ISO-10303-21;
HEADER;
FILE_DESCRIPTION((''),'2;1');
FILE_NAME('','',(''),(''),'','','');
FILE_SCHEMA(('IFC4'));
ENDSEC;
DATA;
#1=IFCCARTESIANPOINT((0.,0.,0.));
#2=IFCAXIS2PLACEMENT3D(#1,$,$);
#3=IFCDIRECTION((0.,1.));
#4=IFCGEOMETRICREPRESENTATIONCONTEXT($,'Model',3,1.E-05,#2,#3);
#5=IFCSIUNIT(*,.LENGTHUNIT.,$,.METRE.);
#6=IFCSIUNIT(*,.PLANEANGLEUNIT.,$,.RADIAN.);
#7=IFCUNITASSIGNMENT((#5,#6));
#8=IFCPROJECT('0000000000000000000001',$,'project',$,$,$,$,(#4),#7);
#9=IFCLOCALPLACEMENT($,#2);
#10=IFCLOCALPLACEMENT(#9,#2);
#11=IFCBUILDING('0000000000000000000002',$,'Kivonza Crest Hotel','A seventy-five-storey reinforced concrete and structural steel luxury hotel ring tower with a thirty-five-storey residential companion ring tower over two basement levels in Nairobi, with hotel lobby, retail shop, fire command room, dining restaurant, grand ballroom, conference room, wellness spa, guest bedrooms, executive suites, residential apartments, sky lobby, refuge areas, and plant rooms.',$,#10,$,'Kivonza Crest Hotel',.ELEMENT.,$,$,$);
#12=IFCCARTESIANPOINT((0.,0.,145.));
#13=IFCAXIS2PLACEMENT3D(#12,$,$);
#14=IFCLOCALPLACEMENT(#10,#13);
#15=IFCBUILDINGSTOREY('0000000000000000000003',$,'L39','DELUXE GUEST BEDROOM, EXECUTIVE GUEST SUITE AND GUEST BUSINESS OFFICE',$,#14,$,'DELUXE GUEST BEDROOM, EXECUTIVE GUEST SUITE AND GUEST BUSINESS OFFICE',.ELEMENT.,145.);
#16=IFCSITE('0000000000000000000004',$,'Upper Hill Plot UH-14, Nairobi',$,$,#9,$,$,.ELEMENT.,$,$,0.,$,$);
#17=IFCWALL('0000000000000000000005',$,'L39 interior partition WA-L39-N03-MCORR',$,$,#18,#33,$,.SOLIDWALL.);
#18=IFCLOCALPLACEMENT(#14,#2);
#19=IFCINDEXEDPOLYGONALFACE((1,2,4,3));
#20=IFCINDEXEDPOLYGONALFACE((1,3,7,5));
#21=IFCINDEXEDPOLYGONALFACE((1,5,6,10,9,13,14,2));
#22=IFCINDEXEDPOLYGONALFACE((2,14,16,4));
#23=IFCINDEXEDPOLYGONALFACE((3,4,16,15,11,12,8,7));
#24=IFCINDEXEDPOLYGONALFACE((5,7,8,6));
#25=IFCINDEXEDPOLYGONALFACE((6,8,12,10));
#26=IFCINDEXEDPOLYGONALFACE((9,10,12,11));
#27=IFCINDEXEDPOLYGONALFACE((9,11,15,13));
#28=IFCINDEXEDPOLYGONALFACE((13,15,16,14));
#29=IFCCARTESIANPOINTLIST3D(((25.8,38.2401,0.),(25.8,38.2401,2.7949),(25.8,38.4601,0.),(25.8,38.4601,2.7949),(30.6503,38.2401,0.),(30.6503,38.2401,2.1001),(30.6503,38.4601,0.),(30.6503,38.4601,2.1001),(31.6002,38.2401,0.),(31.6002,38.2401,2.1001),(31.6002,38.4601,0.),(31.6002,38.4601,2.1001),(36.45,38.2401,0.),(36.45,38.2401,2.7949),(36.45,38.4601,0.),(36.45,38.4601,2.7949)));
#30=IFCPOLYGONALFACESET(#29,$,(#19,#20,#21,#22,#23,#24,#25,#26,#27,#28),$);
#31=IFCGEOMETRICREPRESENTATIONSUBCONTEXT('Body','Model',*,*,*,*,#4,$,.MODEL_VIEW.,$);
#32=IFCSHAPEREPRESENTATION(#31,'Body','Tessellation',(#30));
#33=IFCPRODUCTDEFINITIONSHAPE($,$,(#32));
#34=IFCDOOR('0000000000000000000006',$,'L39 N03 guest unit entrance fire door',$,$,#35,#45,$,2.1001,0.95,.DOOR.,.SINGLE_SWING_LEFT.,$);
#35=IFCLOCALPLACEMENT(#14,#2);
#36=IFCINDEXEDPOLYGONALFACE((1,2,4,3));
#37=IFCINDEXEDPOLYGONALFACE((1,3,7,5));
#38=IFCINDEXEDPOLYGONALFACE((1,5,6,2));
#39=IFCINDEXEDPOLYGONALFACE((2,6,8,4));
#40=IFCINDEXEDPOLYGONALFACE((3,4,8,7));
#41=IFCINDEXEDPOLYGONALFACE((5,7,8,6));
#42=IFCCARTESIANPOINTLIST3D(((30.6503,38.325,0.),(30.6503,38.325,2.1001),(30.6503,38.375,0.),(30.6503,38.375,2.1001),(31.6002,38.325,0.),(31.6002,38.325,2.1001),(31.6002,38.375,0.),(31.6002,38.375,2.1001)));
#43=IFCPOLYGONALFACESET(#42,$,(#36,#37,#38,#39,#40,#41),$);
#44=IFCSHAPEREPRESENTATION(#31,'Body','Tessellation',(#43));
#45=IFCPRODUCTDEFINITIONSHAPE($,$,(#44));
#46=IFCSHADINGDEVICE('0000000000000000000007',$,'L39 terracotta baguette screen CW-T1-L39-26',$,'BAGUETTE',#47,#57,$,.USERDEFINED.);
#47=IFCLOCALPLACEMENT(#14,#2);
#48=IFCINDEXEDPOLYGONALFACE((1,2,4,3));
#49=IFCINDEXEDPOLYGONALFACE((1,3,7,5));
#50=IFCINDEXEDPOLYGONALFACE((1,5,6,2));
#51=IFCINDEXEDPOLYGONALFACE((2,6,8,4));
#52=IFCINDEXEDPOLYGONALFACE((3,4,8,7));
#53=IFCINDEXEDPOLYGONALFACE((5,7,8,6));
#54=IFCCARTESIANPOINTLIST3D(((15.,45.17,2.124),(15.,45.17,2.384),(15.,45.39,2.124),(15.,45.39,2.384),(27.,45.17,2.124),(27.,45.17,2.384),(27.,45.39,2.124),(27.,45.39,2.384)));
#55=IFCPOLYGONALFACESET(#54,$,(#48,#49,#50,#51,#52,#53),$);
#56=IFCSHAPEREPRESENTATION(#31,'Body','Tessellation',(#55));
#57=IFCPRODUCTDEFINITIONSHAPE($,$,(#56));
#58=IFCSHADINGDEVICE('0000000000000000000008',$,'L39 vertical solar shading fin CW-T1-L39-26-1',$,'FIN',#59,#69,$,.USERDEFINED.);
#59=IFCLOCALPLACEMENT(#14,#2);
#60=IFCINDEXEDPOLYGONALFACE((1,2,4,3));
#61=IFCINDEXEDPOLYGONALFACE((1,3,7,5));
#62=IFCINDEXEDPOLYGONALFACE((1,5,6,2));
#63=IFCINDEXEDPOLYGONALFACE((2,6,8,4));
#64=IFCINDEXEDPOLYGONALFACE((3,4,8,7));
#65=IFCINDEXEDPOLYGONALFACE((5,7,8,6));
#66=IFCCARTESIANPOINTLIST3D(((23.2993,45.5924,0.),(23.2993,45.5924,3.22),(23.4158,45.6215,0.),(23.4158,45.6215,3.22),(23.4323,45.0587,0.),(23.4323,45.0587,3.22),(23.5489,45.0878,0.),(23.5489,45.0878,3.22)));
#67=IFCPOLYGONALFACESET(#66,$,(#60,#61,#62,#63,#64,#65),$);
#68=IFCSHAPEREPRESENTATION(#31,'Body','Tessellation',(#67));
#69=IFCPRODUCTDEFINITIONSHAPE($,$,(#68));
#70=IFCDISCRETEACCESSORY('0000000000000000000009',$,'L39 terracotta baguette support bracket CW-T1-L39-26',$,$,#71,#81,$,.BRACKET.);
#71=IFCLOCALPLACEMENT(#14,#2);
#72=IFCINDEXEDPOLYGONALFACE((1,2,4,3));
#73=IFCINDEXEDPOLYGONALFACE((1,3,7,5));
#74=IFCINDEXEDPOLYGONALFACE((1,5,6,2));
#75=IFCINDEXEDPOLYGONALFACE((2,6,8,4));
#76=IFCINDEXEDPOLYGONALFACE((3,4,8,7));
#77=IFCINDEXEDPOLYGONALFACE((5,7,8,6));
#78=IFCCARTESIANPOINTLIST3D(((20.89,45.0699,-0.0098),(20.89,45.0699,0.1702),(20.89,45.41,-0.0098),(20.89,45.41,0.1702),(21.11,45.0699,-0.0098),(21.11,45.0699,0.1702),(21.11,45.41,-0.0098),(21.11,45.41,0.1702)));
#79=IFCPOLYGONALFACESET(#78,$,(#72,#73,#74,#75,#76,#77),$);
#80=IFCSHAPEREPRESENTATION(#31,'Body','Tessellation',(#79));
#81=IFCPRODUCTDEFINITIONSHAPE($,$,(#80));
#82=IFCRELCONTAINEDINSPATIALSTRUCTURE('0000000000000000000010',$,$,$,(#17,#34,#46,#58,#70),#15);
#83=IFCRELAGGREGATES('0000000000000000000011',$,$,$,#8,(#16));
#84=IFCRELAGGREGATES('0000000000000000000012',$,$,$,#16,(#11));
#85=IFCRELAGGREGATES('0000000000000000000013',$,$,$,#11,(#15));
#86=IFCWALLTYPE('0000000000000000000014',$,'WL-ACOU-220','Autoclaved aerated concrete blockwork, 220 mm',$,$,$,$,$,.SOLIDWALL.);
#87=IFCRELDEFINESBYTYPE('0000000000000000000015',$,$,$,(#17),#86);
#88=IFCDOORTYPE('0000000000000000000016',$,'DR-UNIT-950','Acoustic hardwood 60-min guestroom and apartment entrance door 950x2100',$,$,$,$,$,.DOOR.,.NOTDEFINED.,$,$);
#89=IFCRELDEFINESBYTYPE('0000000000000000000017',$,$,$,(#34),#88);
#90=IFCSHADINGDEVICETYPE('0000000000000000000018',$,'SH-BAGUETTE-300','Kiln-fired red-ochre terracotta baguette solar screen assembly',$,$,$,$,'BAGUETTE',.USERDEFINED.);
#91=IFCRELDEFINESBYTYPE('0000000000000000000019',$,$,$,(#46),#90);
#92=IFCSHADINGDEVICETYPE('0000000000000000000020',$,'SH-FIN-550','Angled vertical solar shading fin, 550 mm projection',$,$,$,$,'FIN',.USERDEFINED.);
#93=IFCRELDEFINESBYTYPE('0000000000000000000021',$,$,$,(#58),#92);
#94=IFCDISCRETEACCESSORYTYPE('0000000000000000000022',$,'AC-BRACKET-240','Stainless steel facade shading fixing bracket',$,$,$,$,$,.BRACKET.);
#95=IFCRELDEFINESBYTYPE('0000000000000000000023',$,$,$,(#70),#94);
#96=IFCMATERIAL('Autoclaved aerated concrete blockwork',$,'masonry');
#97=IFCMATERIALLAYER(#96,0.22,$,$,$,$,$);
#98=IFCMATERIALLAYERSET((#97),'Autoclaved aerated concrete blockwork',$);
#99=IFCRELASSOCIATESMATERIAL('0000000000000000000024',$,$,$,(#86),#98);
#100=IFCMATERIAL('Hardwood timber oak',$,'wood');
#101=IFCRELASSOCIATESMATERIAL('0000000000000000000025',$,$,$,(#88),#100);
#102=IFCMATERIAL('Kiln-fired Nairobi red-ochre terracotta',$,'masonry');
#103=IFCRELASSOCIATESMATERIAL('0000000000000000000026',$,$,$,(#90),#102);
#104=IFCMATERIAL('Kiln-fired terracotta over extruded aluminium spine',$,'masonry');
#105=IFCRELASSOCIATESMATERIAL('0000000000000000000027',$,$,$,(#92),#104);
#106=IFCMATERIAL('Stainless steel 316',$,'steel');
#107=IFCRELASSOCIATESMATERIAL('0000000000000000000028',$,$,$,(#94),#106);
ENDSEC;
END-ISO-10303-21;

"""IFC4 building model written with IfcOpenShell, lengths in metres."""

from ifc_helpers import new_model, si_unit, direction, frame, frame_2d, origin, origin_2d, place, context, subcontext, project, spatial, rectangle, extrude, material, layer, layer_set, type_object, element, fill, save


model = new_model("IFC4")

# Units and contexts
model_context = context("Model", 3, precision=1e-05, world=origin(), true_north=direction((0.0, 1.0)))
body_context = subcontext(model_context, "Body", "Model", "MODEL_VIEW")
ifc_project = project(units=[si_unit("LENGTHUNIT", "METRE"), si_unit("PLANEANGLEUNIT", "RADIAN")], contexts=[model_context])

# Site, building, storey
site_placement = place(None, origin())
site = spatial("IfcSite", under=ifc_project, at=site_placement, Name="Upper Hill Plot UH-14, Nairobi", CompositionType="ELEMENT", RefElevation=0.0)
building_placement = place(site_placement, origin())
building = spatial("IfcBuilding", under=site, at=building_placement, Name="Kivonza Crest Hotel", Description="A seventy-five-storey reinforced concrete and structural steel luxury hotel ring tower with a thirty-five-storey residential companion ring tower over two basement levels in Nairobi, with hotel lobby, retail shop, fire command room, dining restaurant, grand ballroom, conference room, wellness spa, guest bedrooms, executive suites, residential apartments, sky lobby, refuge areas, and plant rooms.", LongName="Kivonza Crest Hotel", CompositionType="ELEMENT")
storey_placement = place(building_placement, frame((0.0, 0.0, 145.0)))
storey = spatial("IfcBuildingStorey", under=building, at=storey_placement, Name="L39", Description="DELUXE GUEST BEDROOM, EXECUTIVE GUEST SUITE AND GUEST BUSINESS OFFICE", LongName="DELUXE GUEST BEDROOM, EXECUTIVE GUEST SUITE AND GUEST BUSINESS OFFICE", CompositionType="ELEMENT", Elevation=145.0)

# Wall, opening, door
ifc_material_1 = material(Name="Autoclaved aerated concrete blockwork", Category="masonry")
ifc_layer_1 = layer(ifc_material_1, 0.22)
ifc_layer_set_1 = layer_set([ifc_layer_1], Name="Autoclaved aerated concrete blockwork")
wall_type_1 = type_object("IfcWallType", Name="WL-ACOU-220", Description="Autoclaved aerated concrete blockwork, 220 mm", PredefinedType="SOLIDWALL", material=ifc_layer_set_1)
wall_1_placement = place(storey_placement, frame((25.8, 38.3501, 0.0), z_axis=(0.0, 0.0, 1.0), x_axis=(1.0, 0.0, 0.0)))
wall_1 = element("IfcWall", 1, at=wall_1_placement, inside=storey, type_object=wall_type_1, Name="L39 interior partition WA-L39-N03-MCORR", PredefinedType="SOLIDWALL", context=body_context, shape_type="SweptSolid", body=[
    extrude(rectangle(XDim=10.6499, YDim=0.22, at=frame_2d((5.325, 0.0))), origin(), (0.0, 0.0, 1.0), 2.7949),
])
opening_placement = place(wall_1_placement, frame((4.8501, 0.0, 0.0)))
opening = element("IfcOpeningElement", 2, at=opening_placement, cuts=wall_1, PredefinedType="OPENING", context=body_context, shape_type="SweptSolid", body=[
    extrude(rectangle(XDim=0.95, YDim=2.1001, at=frame_2d((0.4751, 1.05))), frame((0.0, 0.1201, 0.0), z_axis=(0.0, -1.0, 0.0), x_axis=(1.0, 0.0, 0.0)), (0.0, 0.0, 1.0), 0.24),
])
ifc_material_2 = material(Name="Hardwood timber oak", Category="wood")
door_type = type_object("IfcDoorType", Name="DR-UNIT-950", Description="Acoustic hardwood 60-min guestroom and apartment entrance door 950x2100", OperationType="NOTDEFINED", PredefinedType="DOOR", material=ifc_material_2)
door_placement = place(opening_placement, origin())
door = element("IfcDoor", 3, at=door_placement, inside=storey, type_object=door_type, Name="L39 N03 guest unit entrance fire door", OperationType="SINGLE_SWING_LEFT", OverallHeight=2.1001, OverallWidth=0.95, PredefinedType="DOOR", context=body_context, shape_type="SweptSolid", body=[
    extrude(rectangle(XDim=0.95, YDim=2.1001, at=frame_2d((0.4751, 1.05))), frame((0.0, 0.0249, 0.0), z_axis=(0.0, -1.0, 0.0), x_axis=(1.0, 0.0, 0.0)), (0.0, 0.0, 1.0), 0.05),
])
fill(opening, door)

# Shading devices
ifc_material_3 = material(Name="Kiln-fired Nairobi red-ochre terracotta", Category="masonry")
shading_device_type_1 = type_object("IfcShadingDeviceType", Name="SH-BAGUETTE-300", Description="Kiln-fired red-ochre terracotta baguette solar screen assembly", ElementType="BAGUETTE", PredefinedType="USERDEFINED", material=ifc_material_3)
shading_device_1_placement = place(storey_placement, frame((21.0, 45.28, 2.124), z_axis=(0.0, 0.0, 1.0), x_axis=(-1.0, 0.0, 0.0)))
element("IfcShadingDevice", 4, at=shading_device_1_placement, inside=storey, type_object=shading_device_type_1, Name="L39 terracotta baguette screen CW-T1-L39-26", ObjectType="BAGUETTE", PredefinedType="USERDEFINED", context=body_context, shape_type="SweptSolid", body=[
    extrude(rectangle(XDim=12.0, YDim=0.22, at=origin_2d()), origin(), (0.0, 0.0, 1.0), 0.26),
])
ifc_material_4 = material(Name="Kiln-fired terracotta over extruded aluminium spine", Category="masonry")
shading_device_type_2 = type_object("IfcShadingDeviceType", Name="SH-FIN-550", Description="Angled vertical solar shading fin, 550 mm projection", ElementType="FIN", PredefinedType="USERDEFINED", material=ifc_material_4)
shading_device_2_placement = place(storey_placement, frame((23.4241, 45.3401, 0.0), z_axis=(0.0, 0.0, 1.0), x_axis=(-0.970296, -0.241922, 0.0)))
element("IfcShadingDevice", 5, at=shading_device_2_placement, inside=storey, type_object=shading_device_type_2, Name="L39 vertical solar shading fin CW-T1-L39-26-1", ObjectType="FIN", PredefinedType="USERDEFINED", context=body_context, shape_type="SweptSolid", body=[
    extrude(rectangle(XDim=0.1201, YDim=0.55, at=origin_2d()), origin(), (0.0, 0.0, 1.0), 3.22),
])

# Discrete accessory
ifc_material_5 = material(Name="Stainless steel 316", Category="steel")
discrete_accessory_type = type_object("IfcDiscreteAccessoryType", Name="AC-BRACKET-240", Description="Stainless steel facade shading fixing bracket", PredefinedType="BRACKET", material=ifc_material_5)
discrete_accessory_placement = place(storey_placement, frame((21.0, 45.24, -0.0098), z_axis=(0.0, 0.0, 1.0), x_axis=(-1.0, 0.0, 0.0)))
element("IfcDiscreteAccessory", 6, at=discrete_accessory_placement, inside=storey, type_object=discrete_accessory_type, Name="L39 terracotta baguette support bracket CW-T1-L39-26", PredefinedType="BRACKET", context=body_context, shape_type="SweptSolid", body=[
    extrude(rectangle(XDim=0.22, YDim=0.3401, at=origin_2d()), origin(), (0.0, 0.0, 1.0), 0.1799),
])

save(model, "model.ifc")
